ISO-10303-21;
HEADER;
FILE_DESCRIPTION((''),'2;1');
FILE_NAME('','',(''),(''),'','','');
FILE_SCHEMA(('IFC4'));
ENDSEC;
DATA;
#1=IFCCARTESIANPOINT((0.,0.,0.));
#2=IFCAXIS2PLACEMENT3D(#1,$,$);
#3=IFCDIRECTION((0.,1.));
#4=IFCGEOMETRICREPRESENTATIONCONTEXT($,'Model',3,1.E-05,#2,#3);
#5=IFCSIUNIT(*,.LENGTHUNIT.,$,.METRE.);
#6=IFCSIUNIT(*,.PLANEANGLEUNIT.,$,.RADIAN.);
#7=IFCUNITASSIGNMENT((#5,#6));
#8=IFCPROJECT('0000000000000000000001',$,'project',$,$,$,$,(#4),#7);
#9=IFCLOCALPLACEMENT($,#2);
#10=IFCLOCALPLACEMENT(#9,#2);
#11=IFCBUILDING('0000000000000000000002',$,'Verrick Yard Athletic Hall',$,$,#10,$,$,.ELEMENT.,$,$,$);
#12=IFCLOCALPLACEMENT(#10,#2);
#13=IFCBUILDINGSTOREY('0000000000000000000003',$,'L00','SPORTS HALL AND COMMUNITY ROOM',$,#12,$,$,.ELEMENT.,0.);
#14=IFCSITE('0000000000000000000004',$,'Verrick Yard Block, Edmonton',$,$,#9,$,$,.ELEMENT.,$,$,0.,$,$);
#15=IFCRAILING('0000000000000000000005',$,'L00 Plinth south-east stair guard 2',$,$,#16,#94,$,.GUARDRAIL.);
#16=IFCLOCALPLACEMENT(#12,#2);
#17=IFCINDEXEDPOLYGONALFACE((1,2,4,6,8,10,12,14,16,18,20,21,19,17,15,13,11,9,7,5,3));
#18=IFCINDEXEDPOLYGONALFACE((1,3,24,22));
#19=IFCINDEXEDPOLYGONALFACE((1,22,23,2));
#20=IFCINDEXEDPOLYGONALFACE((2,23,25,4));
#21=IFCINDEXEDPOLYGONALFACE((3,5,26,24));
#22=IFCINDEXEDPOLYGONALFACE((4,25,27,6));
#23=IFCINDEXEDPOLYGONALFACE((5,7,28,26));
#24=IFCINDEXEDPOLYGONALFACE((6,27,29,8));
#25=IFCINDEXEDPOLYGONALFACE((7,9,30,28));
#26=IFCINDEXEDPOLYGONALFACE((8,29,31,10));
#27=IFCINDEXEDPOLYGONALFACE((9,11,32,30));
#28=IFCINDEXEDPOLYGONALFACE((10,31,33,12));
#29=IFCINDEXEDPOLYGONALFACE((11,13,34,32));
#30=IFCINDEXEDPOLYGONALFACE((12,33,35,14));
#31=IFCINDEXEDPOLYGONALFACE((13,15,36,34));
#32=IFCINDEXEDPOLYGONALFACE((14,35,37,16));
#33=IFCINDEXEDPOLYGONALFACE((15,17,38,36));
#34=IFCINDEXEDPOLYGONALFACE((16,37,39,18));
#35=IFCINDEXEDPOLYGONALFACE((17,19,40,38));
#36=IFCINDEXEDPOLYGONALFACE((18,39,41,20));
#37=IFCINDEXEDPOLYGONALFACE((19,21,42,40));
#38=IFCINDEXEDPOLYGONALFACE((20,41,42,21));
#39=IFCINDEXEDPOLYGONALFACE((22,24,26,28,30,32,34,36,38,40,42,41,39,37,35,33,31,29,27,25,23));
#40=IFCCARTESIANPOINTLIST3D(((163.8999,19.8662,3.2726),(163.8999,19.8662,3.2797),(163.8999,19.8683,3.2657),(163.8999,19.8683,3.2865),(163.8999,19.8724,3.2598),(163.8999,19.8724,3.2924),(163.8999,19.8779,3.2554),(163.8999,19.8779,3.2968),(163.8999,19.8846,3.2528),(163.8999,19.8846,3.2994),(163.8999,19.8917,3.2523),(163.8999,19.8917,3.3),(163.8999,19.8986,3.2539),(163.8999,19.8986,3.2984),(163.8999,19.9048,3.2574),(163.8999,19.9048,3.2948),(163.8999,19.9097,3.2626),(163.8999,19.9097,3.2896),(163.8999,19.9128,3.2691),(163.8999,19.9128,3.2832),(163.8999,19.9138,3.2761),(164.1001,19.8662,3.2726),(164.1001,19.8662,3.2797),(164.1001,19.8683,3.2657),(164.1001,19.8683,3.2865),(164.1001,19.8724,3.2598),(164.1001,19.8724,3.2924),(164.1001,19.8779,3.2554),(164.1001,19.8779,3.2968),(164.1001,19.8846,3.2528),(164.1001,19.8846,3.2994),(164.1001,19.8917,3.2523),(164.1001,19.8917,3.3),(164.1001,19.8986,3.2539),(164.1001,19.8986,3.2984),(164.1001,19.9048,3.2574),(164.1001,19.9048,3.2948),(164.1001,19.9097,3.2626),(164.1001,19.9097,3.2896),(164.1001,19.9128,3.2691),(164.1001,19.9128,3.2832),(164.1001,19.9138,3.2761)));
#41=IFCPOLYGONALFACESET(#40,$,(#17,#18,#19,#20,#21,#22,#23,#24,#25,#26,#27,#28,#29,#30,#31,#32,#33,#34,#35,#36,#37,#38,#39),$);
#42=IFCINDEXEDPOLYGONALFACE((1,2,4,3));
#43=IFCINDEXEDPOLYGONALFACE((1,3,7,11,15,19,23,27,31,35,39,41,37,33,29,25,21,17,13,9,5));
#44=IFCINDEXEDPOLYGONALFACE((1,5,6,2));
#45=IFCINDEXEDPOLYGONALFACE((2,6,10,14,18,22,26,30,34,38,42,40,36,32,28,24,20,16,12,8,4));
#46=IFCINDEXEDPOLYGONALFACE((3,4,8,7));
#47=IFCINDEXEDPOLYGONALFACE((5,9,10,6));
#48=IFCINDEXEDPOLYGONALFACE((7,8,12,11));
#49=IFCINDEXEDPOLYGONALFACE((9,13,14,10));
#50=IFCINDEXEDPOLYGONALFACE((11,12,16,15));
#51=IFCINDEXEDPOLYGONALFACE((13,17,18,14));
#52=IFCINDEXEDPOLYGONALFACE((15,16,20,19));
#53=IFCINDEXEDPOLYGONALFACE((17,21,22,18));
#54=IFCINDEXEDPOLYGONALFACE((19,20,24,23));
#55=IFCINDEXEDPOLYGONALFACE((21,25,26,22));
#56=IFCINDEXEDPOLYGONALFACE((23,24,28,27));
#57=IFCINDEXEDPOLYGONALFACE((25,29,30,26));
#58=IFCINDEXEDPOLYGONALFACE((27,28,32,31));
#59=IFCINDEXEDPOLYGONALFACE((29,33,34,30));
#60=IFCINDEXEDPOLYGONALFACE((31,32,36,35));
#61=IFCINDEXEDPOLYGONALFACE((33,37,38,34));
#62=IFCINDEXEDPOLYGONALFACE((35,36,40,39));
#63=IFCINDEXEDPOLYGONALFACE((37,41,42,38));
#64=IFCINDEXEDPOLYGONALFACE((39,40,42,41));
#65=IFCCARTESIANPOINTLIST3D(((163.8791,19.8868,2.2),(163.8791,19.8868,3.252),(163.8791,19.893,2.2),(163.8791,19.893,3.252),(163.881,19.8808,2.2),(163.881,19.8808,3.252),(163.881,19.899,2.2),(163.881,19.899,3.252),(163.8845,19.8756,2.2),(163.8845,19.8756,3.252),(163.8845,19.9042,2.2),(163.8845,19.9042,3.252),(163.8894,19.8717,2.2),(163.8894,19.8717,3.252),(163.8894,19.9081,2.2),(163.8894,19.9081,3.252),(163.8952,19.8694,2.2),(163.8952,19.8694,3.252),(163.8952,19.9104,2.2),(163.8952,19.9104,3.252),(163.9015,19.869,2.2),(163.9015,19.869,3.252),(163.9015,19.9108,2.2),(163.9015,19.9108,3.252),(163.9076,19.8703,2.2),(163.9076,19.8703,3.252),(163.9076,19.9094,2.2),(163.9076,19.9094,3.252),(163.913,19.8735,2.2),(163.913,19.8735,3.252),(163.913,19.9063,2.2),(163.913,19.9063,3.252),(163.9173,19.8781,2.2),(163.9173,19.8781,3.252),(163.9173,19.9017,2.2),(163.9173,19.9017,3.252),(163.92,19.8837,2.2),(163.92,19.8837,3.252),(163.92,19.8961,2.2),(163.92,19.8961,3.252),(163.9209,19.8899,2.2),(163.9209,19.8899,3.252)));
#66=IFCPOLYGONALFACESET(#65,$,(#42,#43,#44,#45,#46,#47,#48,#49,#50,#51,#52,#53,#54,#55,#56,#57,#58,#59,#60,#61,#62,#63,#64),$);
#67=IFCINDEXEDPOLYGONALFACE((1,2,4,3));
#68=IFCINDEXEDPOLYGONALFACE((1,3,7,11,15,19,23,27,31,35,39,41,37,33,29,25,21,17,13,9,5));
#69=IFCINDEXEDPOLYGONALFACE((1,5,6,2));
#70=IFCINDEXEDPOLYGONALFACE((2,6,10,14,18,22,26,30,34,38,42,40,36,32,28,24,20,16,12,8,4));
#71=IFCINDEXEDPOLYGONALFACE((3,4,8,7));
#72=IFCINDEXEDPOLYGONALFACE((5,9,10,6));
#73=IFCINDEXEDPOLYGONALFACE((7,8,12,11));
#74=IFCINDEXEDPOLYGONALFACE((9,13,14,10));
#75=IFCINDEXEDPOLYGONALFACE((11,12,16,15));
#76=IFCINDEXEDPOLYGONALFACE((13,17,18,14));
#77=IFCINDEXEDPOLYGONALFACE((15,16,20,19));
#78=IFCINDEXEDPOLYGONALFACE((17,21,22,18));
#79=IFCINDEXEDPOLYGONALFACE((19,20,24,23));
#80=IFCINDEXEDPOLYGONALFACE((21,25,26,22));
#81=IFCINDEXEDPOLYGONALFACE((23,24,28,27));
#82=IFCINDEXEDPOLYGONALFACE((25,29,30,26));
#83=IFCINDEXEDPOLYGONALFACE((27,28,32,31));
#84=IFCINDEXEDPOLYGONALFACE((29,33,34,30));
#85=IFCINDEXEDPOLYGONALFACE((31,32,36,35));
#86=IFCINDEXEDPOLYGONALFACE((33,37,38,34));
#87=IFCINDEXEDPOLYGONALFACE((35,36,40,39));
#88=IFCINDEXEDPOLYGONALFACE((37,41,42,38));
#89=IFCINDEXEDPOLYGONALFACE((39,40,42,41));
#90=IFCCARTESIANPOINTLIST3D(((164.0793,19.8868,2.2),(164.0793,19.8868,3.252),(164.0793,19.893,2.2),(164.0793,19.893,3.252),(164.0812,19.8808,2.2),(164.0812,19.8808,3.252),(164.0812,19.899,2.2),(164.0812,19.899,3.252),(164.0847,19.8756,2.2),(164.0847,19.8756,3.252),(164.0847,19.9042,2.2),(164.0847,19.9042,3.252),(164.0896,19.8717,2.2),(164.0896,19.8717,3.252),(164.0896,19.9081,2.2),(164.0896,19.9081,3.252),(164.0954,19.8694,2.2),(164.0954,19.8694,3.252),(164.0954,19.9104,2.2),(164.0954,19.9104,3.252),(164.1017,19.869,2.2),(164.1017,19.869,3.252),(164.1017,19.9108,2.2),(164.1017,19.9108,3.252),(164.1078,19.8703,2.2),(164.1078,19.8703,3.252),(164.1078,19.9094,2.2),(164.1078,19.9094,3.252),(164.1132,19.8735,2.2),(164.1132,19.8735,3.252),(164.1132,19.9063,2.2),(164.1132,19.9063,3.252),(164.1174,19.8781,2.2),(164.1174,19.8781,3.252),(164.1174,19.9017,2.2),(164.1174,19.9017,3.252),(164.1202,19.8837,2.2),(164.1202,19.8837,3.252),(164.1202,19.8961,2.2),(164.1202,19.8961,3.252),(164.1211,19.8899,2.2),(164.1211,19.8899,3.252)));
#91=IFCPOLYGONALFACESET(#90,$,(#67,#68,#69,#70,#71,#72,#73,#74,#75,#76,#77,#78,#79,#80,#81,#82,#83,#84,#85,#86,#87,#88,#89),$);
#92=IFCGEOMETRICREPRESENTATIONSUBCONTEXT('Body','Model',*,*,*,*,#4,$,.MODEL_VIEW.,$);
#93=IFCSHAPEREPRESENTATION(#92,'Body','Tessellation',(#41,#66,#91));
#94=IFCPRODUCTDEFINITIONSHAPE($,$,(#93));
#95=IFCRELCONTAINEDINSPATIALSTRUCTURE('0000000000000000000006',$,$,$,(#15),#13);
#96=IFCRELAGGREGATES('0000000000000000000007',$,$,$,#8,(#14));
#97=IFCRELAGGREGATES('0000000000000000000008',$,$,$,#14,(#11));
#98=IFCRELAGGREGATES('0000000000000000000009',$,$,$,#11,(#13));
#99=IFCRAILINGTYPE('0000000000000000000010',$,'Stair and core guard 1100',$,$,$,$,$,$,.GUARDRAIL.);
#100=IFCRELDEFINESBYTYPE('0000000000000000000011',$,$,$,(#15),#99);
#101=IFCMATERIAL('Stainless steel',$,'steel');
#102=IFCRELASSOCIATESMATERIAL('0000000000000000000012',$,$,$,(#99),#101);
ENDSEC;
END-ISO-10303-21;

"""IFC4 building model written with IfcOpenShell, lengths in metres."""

from ifc_helpers import new_model, si_unit, direction, frame, origin, origin_2d, place, context, subcontext, project, spatial, circle, extrude, material, type_object, element, save


model = new_model("IFC4")

# Units and contexts
model_context = context("Model", 3, precision=1e-05, world=origin(), true_north=direction((0.0, 1.0)))
body_context = subcontext(model_context, "Body", "Model", "MODEL_VIEW")
ifc_project = project(units=[si_unit("LENGTHUNIT", "METRE"), si_unit("PLANEANGLEUNIT", "RADIAN")], contexts=[model_context])

# Site, building, storey
site_placement = place(None, origin())
site = spatial("IfcSite", under=ifc_project, at=site_placement, Name="Verrick Yard Block, Edmonton", CompositionType="ELEMENT", RefElevation=0.0)
building_placement = place(site_placement, origin())
building = spatial("IfcBuilding", under=site, at=building_placement, Name="Verrick Yard Athletic Hall", CompositionType="ELEMENT")
storey_placement = place(building_placement, origin())
storey = spatial("IfcBuildingStorey", under=building, at=storey_placement, Name="L00", Description="SPORTS HALL AND COMMUNITY ROOM", CompositionType="ELEMENT", Elevation=0.0)

# Railing
ifc_material_1 = material(Name="Stainless steel", Category="steel")
railing_type_1 = type_object("IfcRailingType", Name="Stair and core guard 1100", PredefinedType="GUARDRAIL", material=ifc_material_1)
railing_1_placement = place(storey_placement, frame((163.8999, 19.8899, 2.2)))
element("IfcRailing", 1, at=railing_1_placement, inside=storey, type_object=railing_type_1, Name="L00 Plinth south-east stair guard 2", PredefinedType="GUARDRAIL", context=body_context, shape_type="SweptSolid", body=[
    extrude(circle(Radius=0.0239, at=origin_2d()), frame((0.0, 0.0, 1.0762), z_axis=(1.0, 0.0, 0.0), x_axis=(0.0, 1.0, 0.0)), (0.0, 0.0, 1.0), 0.2002),
    extrude(circle(Radius=0.021, at=origin_2d()), origin(), (0.0, 0.0, 1.0), 1.052),
    extrude(circle(Radius=0.021, at=origin_2d()), frame((0.2002, 0.0, 0.0)), (0.0, 0.0, 1.0), 1.052),
])

save(model, "model.ifc")
